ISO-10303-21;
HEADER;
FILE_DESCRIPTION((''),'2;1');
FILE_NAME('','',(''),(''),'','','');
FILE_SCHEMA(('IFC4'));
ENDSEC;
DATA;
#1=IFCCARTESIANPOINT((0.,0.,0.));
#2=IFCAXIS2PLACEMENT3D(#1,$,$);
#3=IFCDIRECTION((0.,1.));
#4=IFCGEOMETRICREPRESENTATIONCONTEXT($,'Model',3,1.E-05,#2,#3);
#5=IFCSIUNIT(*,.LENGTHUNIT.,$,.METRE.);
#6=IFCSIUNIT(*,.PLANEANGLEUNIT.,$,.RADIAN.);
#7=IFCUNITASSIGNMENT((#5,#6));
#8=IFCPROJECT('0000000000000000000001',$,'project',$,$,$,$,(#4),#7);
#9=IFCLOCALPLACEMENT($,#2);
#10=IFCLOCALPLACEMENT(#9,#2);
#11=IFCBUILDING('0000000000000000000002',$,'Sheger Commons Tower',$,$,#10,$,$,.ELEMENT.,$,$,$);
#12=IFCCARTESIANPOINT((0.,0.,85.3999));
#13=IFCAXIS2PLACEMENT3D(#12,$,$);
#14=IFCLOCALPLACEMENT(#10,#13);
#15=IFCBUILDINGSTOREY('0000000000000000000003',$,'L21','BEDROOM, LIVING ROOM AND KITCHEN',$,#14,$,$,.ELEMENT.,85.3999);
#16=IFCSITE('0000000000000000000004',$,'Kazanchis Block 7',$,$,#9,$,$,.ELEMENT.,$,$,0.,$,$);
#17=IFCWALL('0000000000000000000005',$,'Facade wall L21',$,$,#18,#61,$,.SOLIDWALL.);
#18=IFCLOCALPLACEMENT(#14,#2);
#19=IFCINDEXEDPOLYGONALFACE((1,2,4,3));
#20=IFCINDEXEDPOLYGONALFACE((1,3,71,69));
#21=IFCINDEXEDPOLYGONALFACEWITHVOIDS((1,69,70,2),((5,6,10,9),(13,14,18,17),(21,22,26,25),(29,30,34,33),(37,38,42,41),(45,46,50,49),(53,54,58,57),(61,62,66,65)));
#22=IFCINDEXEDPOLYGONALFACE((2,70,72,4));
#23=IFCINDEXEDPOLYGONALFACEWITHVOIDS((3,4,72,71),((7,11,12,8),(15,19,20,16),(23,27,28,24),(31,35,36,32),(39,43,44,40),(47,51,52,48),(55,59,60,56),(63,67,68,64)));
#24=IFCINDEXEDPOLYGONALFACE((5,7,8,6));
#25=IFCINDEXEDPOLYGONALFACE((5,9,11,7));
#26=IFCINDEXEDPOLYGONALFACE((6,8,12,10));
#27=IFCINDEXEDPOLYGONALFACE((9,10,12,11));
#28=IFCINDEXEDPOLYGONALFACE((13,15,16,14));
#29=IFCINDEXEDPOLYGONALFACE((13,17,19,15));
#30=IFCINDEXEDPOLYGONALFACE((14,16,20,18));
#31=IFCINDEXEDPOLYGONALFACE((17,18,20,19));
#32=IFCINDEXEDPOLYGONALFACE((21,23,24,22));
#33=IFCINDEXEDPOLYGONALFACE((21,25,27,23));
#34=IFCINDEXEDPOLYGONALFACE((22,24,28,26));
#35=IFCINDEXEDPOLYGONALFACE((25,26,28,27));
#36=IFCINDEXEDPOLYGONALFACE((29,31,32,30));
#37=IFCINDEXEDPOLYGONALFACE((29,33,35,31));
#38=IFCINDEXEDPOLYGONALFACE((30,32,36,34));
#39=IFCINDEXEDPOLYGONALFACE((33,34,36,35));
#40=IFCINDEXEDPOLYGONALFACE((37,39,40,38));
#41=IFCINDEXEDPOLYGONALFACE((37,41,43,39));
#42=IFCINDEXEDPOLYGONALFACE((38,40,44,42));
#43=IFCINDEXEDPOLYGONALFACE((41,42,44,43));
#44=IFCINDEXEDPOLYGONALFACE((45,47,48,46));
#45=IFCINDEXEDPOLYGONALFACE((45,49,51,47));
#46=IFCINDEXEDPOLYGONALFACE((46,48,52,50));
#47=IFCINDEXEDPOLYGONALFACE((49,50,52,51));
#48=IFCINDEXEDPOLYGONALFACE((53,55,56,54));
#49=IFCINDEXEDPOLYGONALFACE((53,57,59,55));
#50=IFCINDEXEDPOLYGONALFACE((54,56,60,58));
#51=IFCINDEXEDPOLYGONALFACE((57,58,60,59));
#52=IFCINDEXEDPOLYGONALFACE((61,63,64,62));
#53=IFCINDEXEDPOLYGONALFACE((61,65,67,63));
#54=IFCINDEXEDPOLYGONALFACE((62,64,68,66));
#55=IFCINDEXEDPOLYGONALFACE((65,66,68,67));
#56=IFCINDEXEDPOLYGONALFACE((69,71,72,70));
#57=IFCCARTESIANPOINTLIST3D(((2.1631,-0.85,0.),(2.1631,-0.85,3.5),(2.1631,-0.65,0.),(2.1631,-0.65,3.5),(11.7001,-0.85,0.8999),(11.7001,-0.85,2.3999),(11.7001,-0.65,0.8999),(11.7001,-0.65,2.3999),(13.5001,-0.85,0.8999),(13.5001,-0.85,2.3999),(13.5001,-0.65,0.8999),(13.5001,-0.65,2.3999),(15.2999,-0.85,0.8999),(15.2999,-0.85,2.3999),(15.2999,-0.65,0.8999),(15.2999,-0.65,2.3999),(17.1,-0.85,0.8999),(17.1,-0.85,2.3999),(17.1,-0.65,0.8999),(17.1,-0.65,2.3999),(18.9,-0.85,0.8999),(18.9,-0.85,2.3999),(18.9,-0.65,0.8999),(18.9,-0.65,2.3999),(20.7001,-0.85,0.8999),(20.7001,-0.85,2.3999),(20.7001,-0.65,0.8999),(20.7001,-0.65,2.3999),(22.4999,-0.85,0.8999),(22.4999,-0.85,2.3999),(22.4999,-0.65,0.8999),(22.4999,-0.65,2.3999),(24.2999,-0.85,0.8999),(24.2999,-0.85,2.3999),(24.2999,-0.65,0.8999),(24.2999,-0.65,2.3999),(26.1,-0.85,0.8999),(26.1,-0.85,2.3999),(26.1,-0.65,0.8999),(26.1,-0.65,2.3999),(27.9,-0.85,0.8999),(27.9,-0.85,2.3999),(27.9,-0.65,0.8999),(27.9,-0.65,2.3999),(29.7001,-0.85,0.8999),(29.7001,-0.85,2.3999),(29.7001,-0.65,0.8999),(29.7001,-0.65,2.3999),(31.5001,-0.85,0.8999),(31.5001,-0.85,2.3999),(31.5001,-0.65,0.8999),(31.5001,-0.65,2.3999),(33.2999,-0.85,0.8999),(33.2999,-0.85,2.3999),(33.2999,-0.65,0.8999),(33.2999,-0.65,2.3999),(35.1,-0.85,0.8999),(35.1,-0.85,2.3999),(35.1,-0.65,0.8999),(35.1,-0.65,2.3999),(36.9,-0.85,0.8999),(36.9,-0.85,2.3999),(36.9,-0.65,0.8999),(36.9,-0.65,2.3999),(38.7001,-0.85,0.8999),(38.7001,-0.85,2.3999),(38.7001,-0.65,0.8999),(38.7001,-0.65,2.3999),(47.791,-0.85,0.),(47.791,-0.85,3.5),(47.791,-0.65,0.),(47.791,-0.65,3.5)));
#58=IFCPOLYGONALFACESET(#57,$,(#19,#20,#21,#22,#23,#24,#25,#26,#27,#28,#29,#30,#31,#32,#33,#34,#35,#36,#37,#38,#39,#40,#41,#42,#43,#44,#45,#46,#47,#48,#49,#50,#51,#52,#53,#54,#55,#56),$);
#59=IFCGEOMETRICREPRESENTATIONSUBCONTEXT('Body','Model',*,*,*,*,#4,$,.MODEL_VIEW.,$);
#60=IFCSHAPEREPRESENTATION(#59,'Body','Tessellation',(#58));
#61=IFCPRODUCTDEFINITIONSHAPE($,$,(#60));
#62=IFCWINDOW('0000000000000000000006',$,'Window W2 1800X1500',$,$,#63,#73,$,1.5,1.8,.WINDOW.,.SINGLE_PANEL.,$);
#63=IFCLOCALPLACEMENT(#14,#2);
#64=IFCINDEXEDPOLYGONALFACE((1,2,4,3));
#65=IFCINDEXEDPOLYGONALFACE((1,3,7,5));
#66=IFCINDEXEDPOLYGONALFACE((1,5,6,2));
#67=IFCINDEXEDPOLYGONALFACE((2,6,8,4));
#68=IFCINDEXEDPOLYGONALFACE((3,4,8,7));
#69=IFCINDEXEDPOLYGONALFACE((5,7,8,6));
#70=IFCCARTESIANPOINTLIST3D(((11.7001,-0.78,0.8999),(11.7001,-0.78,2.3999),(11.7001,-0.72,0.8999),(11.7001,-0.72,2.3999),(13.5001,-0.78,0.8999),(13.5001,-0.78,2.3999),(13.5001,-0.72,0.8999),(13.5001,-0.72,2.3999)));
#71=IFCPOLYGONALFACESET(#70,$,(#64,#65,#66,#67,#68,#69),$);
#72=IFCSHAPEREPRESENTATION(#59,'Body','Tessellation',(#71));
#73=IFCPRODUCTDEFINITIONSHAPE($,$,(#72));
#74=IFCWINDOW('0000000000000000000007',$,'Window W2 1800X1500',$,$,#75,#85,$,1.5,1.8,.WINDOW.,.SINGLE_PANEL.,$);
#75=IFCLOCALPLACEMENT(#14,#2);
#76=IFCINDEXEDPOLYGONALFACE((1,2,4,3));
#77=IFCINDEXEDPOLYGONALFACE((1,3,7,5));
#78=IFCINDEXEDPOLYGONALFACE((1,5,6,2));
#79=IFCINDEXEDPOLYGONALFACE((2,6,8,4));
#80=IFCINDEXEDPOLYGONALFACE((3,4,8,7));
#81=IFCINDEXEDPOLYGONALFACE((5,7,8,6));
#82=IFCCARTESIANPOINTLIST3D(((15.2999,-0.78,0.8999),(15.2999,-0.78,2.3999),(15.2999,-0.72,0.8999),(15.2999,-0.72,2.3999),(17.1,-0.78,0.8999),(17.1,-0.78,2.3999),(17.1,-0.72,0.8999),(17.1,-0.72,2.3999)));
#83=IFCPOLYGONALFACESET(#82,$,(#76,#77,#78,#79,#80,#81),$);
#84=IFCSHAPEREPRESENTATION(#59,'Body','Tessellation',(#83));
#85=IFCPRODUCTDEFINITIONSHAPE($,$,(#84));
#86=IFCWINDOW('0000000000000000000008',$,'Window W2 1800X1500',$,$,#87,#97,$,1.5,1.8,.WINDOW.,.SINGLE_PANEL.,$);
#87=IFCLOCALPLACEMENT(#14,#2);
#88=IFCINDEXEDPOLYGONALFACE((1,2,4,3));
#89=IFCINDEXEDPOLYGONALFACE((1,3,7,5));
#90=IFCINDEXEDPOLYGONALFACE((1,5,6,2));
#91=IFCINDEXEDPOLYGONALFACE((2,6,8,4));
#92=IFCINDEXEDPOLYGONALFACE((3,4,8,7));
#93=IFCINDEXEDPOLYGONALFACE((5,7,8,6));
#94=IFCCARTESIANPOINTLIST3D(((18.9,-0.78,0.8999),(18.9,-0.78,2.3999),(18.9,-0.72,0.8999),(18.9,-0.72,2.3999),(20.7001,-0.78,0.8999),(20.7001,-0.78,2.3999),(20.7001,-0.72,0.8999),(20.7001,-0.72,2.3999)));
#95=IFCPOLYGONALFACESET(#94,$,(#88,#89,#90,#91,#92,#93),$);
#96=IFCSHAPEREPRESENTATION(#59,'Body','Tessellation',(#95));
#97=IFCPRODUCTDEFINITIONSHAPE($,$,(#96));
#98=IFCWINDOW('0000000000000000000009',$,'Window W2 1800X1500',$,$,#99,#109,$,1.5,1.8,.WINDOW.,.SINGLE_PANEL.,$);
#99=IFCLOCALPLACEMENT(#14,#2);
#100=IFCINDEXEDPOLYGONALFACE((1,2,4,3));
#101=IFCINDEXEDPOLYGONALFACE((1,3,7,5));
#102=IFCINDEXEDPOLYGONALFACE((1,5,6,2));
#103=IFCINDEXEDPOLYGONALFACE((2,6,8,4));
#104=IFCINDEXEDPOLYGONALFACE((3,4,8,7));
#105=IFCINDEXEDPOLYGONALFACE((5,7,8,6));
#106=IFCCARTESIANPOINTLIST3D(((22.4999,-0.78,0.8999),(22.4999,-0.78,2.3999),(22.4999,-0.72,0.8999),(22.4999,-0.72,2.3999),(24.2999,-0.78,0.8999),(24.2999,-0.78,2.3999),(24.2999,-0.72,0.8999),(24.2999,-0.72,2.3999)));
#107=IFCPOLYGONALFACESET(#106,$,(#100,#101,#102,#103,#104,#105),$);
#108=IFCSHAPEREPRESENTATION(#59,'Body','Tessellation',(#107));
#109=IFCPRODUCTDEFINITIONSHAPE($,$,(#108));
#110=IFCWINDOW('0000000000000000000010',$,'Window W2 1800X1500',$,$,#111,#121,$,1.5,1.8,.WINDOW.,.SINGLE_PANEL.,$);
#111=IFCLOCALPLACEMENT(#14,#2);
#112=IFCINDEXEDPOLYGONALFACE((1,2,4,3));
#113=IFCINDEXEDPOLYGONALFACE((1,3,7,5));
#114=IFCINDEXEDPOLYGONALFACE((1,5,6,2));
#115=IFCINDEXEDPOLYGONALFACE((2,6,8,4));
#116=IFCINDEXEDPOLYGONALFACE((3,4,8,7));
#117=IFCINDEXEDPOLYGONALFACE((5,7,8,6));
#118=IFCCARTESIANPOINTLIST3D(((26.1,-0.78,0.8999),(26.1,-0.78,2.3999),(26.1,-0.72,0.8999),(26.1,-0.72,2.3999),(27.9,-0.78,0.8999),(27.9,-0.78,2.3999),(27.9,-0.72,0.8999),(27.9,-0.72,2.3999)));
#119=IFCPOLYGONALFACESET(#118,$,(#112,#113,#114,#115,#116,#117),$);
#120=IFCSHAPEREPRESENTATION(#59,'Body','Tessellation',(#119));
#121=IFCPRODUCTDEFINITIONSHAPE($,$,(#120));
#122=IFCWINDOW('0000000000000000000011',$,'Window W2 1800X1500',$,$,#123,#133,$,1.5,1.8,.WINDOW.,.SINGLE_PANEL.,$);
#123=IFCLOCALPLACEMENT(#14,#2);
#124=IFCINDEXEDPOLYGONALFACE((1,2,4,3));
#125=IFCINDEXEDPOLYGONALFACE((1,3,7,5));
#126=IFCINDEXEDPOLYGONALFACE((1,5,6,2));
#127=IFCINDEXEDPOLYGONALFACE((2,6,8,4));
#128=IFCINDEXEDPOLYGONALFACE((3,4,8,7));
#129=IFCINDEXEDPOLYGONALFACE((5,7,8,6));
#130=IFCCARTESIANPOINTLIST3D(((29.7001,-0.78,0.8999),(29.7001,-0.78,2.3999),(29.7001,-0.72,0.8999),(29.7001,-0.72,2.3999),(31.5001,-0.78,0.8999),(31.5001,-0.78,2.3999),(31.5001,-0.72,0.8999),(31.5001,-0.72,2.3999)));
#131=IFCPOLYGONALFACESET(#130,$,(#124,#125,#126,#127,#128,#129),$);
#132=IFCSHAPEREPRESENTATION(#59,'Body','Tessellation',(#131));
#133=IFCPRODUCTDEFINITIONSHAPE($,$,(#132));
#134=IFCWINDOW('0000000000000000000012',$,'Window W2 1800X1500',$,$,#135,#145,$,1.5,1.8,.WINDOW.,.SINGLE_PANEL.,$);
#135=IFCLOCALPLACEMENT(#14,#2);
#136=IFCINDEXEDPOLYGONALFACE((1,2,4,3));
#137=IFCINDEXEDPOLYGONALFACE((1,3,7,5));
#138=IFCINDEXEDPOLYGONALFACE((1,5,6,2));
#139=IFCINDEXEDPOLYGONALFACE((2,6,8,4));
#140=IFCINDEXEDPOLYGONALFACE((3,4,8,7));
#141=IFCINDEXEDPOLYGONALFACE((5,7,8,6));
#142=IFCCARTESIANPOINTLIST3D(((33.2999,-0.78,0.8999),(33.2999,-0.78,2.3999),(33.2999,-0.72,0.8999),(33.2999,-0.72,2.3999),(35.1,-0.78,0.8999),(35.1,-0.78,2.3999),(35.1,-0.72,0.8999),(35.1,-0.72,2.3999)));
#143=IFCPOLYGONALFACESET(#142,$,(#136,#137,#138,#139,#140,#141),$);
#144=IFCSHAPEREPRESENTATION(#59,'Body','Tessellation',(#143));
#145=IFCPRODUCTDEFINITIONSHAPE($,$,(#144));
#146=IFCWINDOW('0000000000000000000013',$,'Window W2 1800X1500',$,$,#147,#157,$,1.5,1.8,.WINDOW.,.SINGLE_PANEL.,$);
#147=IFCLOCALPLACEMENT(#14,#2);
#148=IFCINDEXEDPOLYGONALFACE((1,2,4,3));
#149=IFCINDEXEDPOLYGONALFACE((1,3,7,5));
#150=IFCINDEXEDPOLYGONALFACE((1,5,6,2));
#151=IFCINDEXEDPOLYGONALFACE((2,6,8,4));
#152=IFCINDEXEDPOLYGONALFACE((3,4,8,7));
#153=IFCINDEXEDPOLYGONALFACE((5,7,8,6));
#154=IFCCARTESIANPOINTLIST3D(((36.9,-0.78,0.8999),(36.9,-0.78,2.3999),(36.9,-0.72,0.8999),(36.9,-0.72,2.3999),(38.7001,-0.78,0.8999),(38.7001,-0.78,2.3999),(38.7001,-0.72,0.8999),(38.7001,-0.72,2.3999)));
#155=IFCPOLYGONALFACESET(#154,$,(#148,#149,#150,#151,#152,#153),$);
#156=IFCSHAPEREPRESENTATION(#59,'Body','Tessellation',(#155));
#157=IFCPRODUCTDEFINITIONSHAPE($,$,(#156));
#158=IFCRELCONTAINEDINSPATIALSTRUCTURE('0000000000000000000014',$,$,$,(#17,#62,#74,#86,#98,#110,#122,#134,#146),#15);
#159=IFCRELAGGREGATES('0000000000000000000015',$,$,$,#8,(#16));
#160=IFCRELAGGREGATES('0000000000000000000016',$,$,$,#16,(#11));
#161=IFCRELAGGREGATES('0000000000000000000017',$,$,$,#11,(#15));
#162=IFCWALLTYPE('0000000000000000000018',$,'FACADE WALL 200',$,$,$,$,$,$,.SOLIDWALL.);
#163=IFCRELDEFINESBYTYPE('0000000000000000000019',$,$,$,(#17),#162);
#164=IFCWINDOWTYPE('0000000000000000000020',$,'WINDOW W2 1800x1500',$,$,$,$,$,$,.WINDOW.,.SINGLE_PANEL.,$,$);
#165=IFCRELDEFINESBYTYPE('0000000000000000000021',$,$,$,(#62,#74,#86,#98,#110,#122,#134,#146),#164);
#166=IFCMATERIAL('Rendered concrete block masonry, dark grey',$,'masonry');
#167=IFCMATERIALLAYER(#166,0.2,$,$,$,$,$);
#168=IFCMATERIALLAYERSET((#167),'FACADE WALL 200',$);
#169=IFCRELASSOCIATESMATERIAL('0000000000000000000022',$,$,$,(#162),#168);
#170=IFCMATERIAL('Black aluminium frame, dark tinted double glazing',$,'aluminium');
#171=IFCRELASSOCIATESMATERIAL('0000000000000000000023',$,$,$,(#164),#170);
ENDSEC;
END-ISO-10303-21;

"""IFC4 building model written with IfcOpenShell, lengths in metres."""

from ifc_helpers import new_model, si_unit, direction, frame, frame_2d, origin, place, context, subcontext, project, spatial, rectangle, extrude, material, layer, layer_set, type_object, element, fill, save


model = new_model("IFC4")

# Units and contexts
model_context = context("Model", 3, precision=1e-05, world=origin(), true_north=direction((0.0, 1.0)))
body_context = subcontext(model_context, "Body", "Model", "MODEL_VIEW")
ifc_project = project(units=[si_unit("LENGTHUNIT", "METRE"), si_unit("PLANEANGLEUNIT", "RADIAN")], contexts=[model_context])

# Site, building, storey
site_placement = place(None, origin())
site = spatial("IfcSite", under=ifc_project, at=site_placement, Name="Kazanchis Block 7", CompositionType="ELEMENT", RefElevation=0.0)
building_placement = place(site_placement, origin())
building = spatial("IfcBuilding", under=site, at=building_placement, Name="Sheger Commons Tower", CompositionType="ELEMENT")
storey_placement = place(building_placement, frame((0.0, 0.0, 85.3999)))
storey = spatial("IfcBuildingStorey", under=building, at=storey_placement, Name="L21", Description="BEDROOM, LIVING ROOM AND KITCHEN", CompositionType="ELEMENT", Elevation=85.3999)

# Wall, openings, windows
ifc_material_1 = material(Name="Rendered concrete block masonry, dark grey", Category="masonry")
ifc_layer_1 = layer(ifc_material_1, 0.2)
ifc_layer_set_1 = layer_set([ifc_layer_1], Name="FACADE WALL 200")
wall_type_1 = type_object("IfcWallType", Name="FACADE WALL 200", PredefinedType="SOLIDWALL", material=ifc_layer_set_1)
wall_1_placement = place(storey_placement, frame((2.1631, -0.75, 0.0), z_axis=(0.0, 0.0, 1.0), x_axis=(1.0, 0.0, 0.0)))
wall_1 = element("IfcWall", 1, at=wall_1_placement, inside=storey, type_object=wall_type_1, Name="Facade wall L21", PredefinedType="SOLIDWALL", context=body_context, shape_type="SweptSolid", body=[
    extrude(rectangle(XDim=45.6279, YDim=0.2, at=frame_2d((22.814, 0.0))), origin(), (0.0, 0.0, 1.0), 3.5),
])
opening_1_placement = place(wall_1_placement, frame((9.5371, 0.0, 0.8999)))
opening_1 = element("IfcOpeningElement", 2, at=opening_1_placement, cuts=wall_1, PredefinedType="OPENING", context=body_context, shape_type="SweptSolid", body=[
    extrude(rectangle(XDim=1.8, YDim=1.5, at=frame_2d((0.8999, 0.75))), frame((0.0, 0.1099, 0.0), z_axis=(0.0, -1.0, 0.0), x_axis=(1.0, 0.0, 0.0)), (0.0, 0.0, 1.0), 0.22),
])
opening_2_placement = place(wall_1_placement, frame((13.137, 0.0, 0.8999)))
opening_2 = element("IfcOpeningElement", 3, at=opening_2_placement, cuts=wall_1, PredefinedType="OPENING", context=body_context, shape_type="SweptSolid", body=[
    extrude(rectangle(XDim=1.8, YDim=1.5, at=frame_2d((0.8999, 0.75))), frame((0.0, 0.1099, 0.0), z_axis=(0.0, -1.0, 0.0), x_axis=(1.0, 0.0, 0.0)), (0.0, 0.0, 1.0), 0.22),
])
opening_3_placement = place(wall_1_placement, frame((16.7371, 0.0, 0.8999)))
opening_3 = element("IfcOpeningElement", 4, at=opening_3_placement, cuts=wall_1, PredefinedType="OPENING", context=body_context, shape_type="SweptSolid", body=[
    extrude(rectangle(XDim=1.8, YDim=1.5, at=frame_2d((0.8999, 0.75))), frame((0.0, 0.1099, 0.0), z_axis=(0.0, -1.0, 0.0), x_axis=(1.0, 0.0, 0.0)), (0.0, 0.0, 1.0), 0.22),
])
opening_4_placement = place(wall_1_placement, frame((20.3369, 0.0, 0.8999)))
opening_4 = element("IfcOpeningElement", 5, at=opening_4_placement, cuts=wall_1, PredefinedType="OPENING", context=body_context, shape_type="SweptSolid", body=[
    extrude(rectangle(XDim=1.8, YDim=1.5, at=frame_2d((0.8999, 0.75))), frame((0.0, 0.1099, 0.0), z_axis=(0.0, -1.0, 0.0), x_axis=(1.0, 0.0, 0.0)), (0.0, 0.0, 1.0), 0.22),
])
opening_5_placement = place(wall_1_placement, frame((23.937, 0.0, 0.8999)))
opening_5 = element("IfcOpeningElement", 6, at=opening_5_placement, cuts=wall_1, PredefinedType="OPENING", context=body_context, shape_type="SweptSolid", body=[
    extrude(rectangle(XDim=1.8, YDim=1.5, at=frame_2d((0.8999, 0.75))), frame((0.0, 0.1099, 0.0), z_axis=(0.0, -1.0, 0.0), x_axis=(1.0, 0.0, 0.0)), (0.0, 0.0, 1.0), 0.22),
])
opening_6_placement = place(wall_1_placement, frame((27.5371, 0.0, 0.8999)))
opening_6 = element("IfcOpeningElement", 7, at=opening_6_placement, cuts=wall_1, PredefinedType="OPENING", context=body_context, shape_type="SweptSolid", body=[
    extrude(rectangle(XDim=1.8, YDim=1.5, at=frame_2d((0.8999, 0.75))), frame((0.0, 0.1099, 0.0), z_axis=(0.0, -1.0, 0.0), x_axis=(1.0, 0.0, 0.0)), (0.0, 0.0, 1.0), 0.22),
])
opening_7_placement = place(wall_1_placement, frame((31.137, 0.0, 0.8999)))
opening_7 = element("IfcOpeningElement", 8, at=opening_7_placement, cuts=wall_1, PredefinedType="OPENING", context=body_context, shape_type="SweptSolid", body=[
    extrude(rectangle(XDim=1.8, YDim=1.5, at=frame_2d((0.8999, 0.75))), frame((0.0, 0.1099, 0.0), z_axis=(0.0, -1.0, 0.0), x_axis=(1.0, 0.0, 0.0)), (0.0, 0.0, 1.0), 0.22),
])
opening_8_placement = place(wall_1_placement, frame((34.7371, 0.0, 0.8999)))
opening_8 = element("IfcOpeningElement", 9, at=opening_8_placement, cuts=wall_1, PredefinedType="OPENING", context=body_context, shape_type="SweptSolid", body=[
    extrude(rectangle(XDim=1.8, YDim=1.5, at=frame_2d((0.8999, 0.75))), frame((0.0, 0.1099, 0.0), z_axis=(0.0, -1.0, 0.0), x_axis=(1.0, 0.0, 0.0)), (0.0, 0.0, 1.0), 0.22),
])
ifc_material_2 = material(Name="Black aluminium frame, dark tinted double glazing", Category="aluminium")
window_type = type_object("IfcWindowType", Name="WINDOW W2 1800x1500", PartitioningType="SINGLE_PANEL", PredefinedType="WINDOW", material=ifc_material_2)
window_1_placement = place(opening_1_placement, origin())
window_1 = element("IfcWindow", 10, at=window_1_placement, inside=storey, type_object=window_type, Name="Window W2 1800X1500", OverallHeight=1.5, OverallWidth=1.8, PartitioningType="SINGLE_PANEL", PredefinedType="WINDOW", context=body_context, shape_type="SweptSolid", body=[
    extrude(rectangle(XDim=1.8, YDim=1.5, at=frame_2d((0.8999, 0.75))), frame((0.0, 0.03, 0.0), z_axis=(0.0, -1.0, 0.0), x_axis=(1.0, 0.0, 0.0)), (0.0, 0.0, 1.0), 0.0601),
])
fill(opening_1, window_1)
window_2_placement = place(opening_2_placement, origin())
window_2 = element("IfcWindow", 11, at=window_2_placement, inside=storey, type_object=window_type, Name="Window W2 1800X1500", OverallHeight=1.5, OverallWidth=1.8, PartitioningType="SINGLE_PANEL", PredefinedType="WINDOW", context=body_context, shape_type="SweptSolid", body=[
    extrude(rectangle(XDim=1.8, YDim=1.5, at=frame_2d((0.8999, 0.75))), frame((0.0, 0.03, 0.0), z_axis=(0.0, -1.0, 0.0), x_axis=(1.0, 0.0, 0.0)), (0.0, 0.0, 1.0), 0.0601),
])
fill(opening_2, window_2)
window_3_placement = place(opening_3_placement, origin())
window_3 = element("IfcWindow", 12, at=window_3_placement, inside=storey, type_object=window_type, Name="Window W2 1800X1500", OverallHeight=1.5, OverallWidth=1.8, PartitioningType="SINGLE_PANEL", PredefinedType="WINDOW", context=body_context, shape_type="SweptSolid", body=[
    extrude(rectangle(XDim=1.8, YDim=1.5, at=frame_2d((0.8999, 0.75))), frame((0.0, 0.03, 0.0), z_axis=(0.0, -1.0, 0.0), x_axis=(1.0, 0.0, 0.0)), (0.0, 0.0, 1.0), 0.0601),
])
fill(opening_3, window_3)
window_4_placement = place(opening_4_placement, origin())
window_4 = element("IfcWindow", 13, at=window_4_placement, inside=storey, type_object=window_type, Name="Window W2 1800X1500", OverallHeight=1.5, OverallWidth=1.8, PartitioningType="SINGLE_PANEL", PredefinedType="WINDOW", context=body_context, shape_type="SweptSolid", body=[
    extrude(rectangle(XDim=1.8, YDim=1.5, at=frame_2d((0.8999, 0.75))), frame((0.0, 0.03, 0.0), z_axis=(0.0, -1.0, 0.0), x_axis=(1.0, 0.0, 0.0)), (0.0, 0.0, 1.0), 0.0601),
])
fill(opening_4, window_4)
window_5_placement = place(opening_5_placement, origin())
window_5 = element("IfcWindow", 14, at=window_5_placement, inside=storey, type_object=window_type, Name="Window W2 1800X1500", OverallHeight=1.5, OverallWidth=1.8, PartitioningType="SINGLE_PANEL", PredefinedType="WINDOW", context=body_context, shape_type="SweptSolid", body=[
    extrude(rectangle(XDim=1.8, YDim=1.5, at=frame_2d((0.8999, 0.75))), frame((0.0, 0.03, 0.0), z_axis=(0.0, -1.0, 0.0), x_axis=(1.0, 0.0, 0.0)), (0.0, 0.0, 1.0), 0.0601),
])
fill(opening_5, window_5)
window_6_placement = place(opening_6_placement, origin())
window_6 = element("IfcWindow", 15, at=window_6_placement, inside=storey, type_object=window_type, Name="Window W2 1800X1500", OverallHeight=1.5, OverallWidth=1.8, PartitioningType="SINGLE_PANEL", PredefinedType="WINDOW", context=body_context, shape_type="SweptSolid", body=[
    extrude(rectangle(XDim=1.8, YDim=1.5, at=frame_2d((0.8999, 0.75))), frame((0.0, 0.03, 0.0), z_axis=(0.0, -1.0, 0.0), x_axis=(1.0, 0.0, 0.0)), (0.0, 0.0, 1.0), 0.0601),
])
fill(opening_6, window_6)
window_7_placement = place(opening_7_placement, origin())
window_7 = element("IfcWindow", 16, at=window_7_placement, inside=storey, type_object=window_type, Name="Window W2 1800X1500", OverallHeight=1.5, OverallWidth=1.8, PartitioningType="SINGLE_PANEL", PredefinedType="WINDOW", context=body_context, shape_type="SweptSolid", body=[
    extrude(rectangle(XDim=1.8, YDim=1.5, at=frame_2d((0.8999, 0.75))), frame((0.0, 0.03, 0.0), z_axis=(0.0, -1.0, 0.0), x_axis=(1.0, 0.0, 0.0)), (0.0, 0.0, 1.0), 0.0601),
])
fill(opening_7, window_7)
window_8_placement = place(opening_8_placement, origin())
window_8 = element("IfcWindow", 17, at=window_8_placement, inside=storey, type_object=window_type, Name="Window W2 1800X1500", OverallHeight=1.5, OverallWidth=1.8, PartitioningType="SINGLE_PANEL", PredefinedType="WINDOW", context=body_context, shape_type="SweptSolid", body=[
    extrude(rectangle(XDim=1.8, YDim=1.5, at=frame_2d((0.8999, 0.75))), frame((0.0, 0.03, 0.0), z_axis=(0.0, -1.0, 0.0), x_axis=(1.0, 0.0, 0.0)), (0.0, 0.0, 1.0), 0.0601),
])
fill(opening_8, window_8)

save(model, "model.ifc")
